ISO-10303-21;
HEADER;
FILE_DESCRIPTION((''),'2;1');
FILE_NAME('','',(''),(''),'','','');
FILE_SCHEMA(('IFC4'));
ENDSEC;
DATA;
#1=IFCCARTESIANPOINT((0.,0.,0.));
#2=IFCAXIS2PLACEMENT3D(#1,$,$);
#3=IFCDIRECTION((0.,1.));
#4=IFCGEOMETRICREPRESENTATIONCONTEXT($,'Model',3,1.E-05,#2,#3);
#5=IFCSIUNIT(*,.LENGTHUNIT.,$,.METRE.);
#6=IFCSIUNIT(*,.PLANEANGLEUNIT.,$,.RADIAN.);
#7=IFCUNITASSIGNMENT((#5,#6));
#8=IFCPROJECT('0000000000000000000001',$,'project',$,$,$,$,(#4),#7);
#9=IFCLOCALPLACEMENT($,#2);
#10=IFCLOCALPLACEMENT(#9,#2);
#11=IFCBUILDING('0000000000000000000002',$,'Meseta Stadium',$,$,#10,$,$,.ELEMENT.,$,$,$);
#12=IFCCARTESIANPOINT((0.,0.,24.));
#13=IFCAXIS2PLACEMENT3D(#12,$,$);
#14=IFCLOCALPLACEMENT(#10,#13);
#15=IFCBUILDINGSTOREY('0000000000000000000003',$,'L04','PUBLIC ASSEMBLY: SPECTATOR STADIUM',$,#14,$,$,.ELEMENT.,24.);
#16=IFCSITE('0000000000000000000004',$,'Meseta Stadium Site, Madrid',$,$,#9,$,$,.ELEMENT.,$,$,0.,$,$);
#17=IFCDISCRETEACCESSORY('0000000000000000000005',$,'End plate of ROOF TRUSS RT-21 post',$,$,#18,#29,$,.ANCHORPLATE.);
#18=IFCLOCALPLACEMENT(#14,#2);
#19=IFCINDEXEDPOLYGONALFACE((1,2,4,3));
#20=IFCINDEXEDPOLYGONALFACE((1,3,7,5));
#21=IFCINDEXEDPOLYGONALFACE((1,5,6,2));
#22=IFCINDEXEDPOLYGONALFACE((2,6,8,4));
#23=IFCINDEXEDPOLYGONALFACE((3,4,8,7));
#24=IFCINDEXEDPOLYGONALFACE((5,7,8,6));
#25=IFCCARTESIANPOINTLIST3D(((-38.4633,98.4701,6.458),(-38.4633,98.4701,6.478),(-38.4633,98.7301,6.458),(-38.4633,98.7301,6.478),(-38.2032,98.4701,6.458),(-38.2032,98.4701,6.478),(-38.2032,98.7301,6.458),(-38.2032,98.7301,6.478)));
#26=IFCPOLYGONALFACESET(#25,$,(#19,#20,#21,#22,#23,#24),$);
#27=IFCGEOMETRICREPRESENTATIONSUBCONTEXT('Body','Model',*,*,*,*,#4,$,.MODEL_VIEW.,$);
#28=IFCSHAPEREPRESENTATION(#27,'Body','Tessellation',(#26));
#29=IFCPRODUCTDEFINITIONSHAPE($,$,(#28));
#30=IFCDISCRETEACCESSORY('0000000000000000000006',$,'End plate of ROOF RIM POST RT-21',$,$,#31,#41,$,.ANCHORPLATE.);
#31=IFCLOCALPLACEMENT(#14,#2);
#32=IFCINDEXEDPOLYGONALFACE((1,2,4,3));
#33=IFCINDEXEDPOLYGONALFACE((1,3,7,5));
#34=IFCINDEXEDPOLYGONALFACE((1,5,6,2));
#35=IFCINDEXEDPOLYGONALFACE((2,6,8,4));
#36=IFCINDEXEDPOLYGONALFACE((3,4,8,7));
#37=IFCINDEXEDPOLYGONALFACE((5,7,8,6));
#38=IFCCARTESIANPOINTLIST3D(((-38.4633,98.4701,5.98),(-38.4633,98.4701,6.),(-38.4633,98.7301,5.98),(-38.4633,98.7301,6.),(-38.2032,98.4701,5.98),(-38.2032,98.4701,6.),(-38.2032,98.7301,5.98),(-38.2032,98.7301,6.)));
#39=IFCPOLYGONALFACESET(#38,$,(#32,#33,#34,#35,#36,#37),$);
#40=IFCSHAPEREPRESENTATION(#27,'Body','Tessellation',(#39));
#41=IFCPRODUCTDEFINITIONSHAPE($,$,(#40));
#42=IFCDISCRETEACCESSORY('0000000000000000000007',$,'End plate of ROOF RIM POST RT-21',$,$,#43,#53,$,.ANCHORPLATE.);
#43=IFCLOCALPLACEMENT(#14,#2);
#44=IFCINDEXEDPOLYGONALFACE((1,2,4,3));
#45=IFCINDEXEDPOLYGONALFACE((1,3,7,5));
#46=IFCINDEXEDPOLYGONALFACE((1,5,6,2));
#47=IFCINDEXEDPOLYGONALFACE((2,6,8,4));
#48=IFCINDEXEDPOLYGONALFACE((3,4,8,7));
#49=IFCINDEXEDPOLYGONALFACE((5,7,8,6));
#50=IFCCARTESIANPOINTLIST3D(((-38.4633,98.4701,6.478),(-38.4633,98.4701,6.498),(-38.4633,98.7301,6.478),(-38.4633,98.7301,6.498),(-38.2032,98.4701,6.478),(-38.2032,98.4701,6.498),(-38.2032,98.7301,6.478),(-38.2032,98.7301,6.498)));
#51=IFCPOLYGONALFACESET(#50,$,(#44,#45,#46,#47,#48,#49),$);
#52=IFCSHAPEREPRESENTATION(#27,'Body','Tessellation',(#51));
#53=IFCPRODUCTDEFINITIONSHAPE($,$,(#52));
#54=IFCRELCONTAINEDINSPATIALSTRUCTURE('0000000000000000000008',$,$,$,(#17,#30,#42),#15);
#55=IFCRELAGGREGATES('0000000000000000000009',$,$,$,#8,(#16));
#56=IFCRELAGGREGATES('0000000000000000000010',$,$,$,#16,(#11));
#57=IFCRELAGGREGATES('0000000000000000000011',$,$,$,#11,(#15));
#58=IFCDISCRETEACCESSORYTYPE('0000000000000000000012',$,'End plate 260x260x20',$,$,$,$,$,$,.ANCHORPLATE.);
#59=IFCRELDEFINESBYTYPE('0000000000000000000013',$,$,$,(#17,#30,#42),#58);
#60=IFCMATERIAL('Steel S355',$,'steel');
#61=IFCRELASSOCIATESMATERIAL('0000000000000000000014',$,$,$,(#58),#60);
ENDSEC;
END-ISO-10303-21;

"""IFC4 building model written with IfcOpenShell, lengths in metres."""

from ifc_helpers import new_model, si_unit, direction, frame, origin, origin_2d, place, context, subcontext, project, spatial, rectangle, extrude, material, material_profile, profile_set, type_object, element, save


model = new_model("IFC4")

# Units and contexts
model_context = context("Model", 3, precision=1e-05, world=origin(), true_north=direction((0.0, 1.0)))
body_context = subcontext(model_context, "Body", "Model", "MODEL_VIEW")
ifc_project = project(units=[si_unit("LENGTHUNIT", "METRE"), si_unit("PLANEANGLEUNIT", "RADIAN")], contexts=[model_context])

# Site, building, storey
site_placement = place(None, origin())
site = spatial("IfcSite", under=ifc_project, at=site_placement, Name="Meseta Stadium Site, Madrid", CompositionType="ELEMENT", RefElevation=0.0)
building_placement = place(site_placement, origin())
building = spatial("IfcBuilding", under=site, at=building_placement, Name="Meseta Stadium", CompositionType="ELEMENT")
storey_placement = place(building_placement, frame((0.0, 0.0, 24.0)))
storey = spatial("IfcBuildingStorey", under=building, at=storey_placement, Name="L04", Description="PUBLIC ASSEMBLY: SPECTATOR STADIUM", CompositionType="ELEMENT", Elevation=24.0)

# Discrete accessories
ifc_material_1 = material(Name="Steel S355", Category="steel")
ifc_material_profile_1 = material_profile(ifc_material_1, rectangle(XDim=0.26, YDim=0.26, at=origin_2d()), Name="PL 260x260")
ifc_profile_set_1 = profile_set([ifc_material_profile_1], Name="Steel S355")
discrete_accessory_type_1 = type_object("IfcDiscreteAccessoryType", Name="End plate 260x260x20", PredefinedType="ANCHORPLATE", material=ifc_profile_set_1)
for number, where, z_axis, x_axis, name in (
    (1, (-38.3333, 98.6001, 6.458), (0.0, 0.0, 1.0), (1.0, 0.0, 0.0), "End plate of ROOF TRUSS RT-21 post"),
    (2, (-38.3333, 98.6001, 5.98), (0.0, 0.0, 1.0), (1.0, 0.0, 0.0), "End plate of ROOF RIM POST RT-21"),
    (3, (-38.3333, 98.6001, 6.478), (0.0, 0.0, 1.0), (1.0, 0.0, 0.0), "End plate of ROOF RIM POST RT-21"),
):
    element("IfcDiscreteAccessory", number, at=place(storey_placement, frame(where, z_axis=z_axis, x_axis=x_axis)), inside=storey, type_object=discrete_accessory_type_1, Name=name, PredefinedType="ANCHORPLATE", context=body_context, shape_type="SweptSolid", body=[
        extrude(rectangle(XDim=0.26, YDim=0.26, at=origin_2d()), origin(), (0.0, 0.0, 1.0), 0.02),
    ])

save(model, "model.ifc")
